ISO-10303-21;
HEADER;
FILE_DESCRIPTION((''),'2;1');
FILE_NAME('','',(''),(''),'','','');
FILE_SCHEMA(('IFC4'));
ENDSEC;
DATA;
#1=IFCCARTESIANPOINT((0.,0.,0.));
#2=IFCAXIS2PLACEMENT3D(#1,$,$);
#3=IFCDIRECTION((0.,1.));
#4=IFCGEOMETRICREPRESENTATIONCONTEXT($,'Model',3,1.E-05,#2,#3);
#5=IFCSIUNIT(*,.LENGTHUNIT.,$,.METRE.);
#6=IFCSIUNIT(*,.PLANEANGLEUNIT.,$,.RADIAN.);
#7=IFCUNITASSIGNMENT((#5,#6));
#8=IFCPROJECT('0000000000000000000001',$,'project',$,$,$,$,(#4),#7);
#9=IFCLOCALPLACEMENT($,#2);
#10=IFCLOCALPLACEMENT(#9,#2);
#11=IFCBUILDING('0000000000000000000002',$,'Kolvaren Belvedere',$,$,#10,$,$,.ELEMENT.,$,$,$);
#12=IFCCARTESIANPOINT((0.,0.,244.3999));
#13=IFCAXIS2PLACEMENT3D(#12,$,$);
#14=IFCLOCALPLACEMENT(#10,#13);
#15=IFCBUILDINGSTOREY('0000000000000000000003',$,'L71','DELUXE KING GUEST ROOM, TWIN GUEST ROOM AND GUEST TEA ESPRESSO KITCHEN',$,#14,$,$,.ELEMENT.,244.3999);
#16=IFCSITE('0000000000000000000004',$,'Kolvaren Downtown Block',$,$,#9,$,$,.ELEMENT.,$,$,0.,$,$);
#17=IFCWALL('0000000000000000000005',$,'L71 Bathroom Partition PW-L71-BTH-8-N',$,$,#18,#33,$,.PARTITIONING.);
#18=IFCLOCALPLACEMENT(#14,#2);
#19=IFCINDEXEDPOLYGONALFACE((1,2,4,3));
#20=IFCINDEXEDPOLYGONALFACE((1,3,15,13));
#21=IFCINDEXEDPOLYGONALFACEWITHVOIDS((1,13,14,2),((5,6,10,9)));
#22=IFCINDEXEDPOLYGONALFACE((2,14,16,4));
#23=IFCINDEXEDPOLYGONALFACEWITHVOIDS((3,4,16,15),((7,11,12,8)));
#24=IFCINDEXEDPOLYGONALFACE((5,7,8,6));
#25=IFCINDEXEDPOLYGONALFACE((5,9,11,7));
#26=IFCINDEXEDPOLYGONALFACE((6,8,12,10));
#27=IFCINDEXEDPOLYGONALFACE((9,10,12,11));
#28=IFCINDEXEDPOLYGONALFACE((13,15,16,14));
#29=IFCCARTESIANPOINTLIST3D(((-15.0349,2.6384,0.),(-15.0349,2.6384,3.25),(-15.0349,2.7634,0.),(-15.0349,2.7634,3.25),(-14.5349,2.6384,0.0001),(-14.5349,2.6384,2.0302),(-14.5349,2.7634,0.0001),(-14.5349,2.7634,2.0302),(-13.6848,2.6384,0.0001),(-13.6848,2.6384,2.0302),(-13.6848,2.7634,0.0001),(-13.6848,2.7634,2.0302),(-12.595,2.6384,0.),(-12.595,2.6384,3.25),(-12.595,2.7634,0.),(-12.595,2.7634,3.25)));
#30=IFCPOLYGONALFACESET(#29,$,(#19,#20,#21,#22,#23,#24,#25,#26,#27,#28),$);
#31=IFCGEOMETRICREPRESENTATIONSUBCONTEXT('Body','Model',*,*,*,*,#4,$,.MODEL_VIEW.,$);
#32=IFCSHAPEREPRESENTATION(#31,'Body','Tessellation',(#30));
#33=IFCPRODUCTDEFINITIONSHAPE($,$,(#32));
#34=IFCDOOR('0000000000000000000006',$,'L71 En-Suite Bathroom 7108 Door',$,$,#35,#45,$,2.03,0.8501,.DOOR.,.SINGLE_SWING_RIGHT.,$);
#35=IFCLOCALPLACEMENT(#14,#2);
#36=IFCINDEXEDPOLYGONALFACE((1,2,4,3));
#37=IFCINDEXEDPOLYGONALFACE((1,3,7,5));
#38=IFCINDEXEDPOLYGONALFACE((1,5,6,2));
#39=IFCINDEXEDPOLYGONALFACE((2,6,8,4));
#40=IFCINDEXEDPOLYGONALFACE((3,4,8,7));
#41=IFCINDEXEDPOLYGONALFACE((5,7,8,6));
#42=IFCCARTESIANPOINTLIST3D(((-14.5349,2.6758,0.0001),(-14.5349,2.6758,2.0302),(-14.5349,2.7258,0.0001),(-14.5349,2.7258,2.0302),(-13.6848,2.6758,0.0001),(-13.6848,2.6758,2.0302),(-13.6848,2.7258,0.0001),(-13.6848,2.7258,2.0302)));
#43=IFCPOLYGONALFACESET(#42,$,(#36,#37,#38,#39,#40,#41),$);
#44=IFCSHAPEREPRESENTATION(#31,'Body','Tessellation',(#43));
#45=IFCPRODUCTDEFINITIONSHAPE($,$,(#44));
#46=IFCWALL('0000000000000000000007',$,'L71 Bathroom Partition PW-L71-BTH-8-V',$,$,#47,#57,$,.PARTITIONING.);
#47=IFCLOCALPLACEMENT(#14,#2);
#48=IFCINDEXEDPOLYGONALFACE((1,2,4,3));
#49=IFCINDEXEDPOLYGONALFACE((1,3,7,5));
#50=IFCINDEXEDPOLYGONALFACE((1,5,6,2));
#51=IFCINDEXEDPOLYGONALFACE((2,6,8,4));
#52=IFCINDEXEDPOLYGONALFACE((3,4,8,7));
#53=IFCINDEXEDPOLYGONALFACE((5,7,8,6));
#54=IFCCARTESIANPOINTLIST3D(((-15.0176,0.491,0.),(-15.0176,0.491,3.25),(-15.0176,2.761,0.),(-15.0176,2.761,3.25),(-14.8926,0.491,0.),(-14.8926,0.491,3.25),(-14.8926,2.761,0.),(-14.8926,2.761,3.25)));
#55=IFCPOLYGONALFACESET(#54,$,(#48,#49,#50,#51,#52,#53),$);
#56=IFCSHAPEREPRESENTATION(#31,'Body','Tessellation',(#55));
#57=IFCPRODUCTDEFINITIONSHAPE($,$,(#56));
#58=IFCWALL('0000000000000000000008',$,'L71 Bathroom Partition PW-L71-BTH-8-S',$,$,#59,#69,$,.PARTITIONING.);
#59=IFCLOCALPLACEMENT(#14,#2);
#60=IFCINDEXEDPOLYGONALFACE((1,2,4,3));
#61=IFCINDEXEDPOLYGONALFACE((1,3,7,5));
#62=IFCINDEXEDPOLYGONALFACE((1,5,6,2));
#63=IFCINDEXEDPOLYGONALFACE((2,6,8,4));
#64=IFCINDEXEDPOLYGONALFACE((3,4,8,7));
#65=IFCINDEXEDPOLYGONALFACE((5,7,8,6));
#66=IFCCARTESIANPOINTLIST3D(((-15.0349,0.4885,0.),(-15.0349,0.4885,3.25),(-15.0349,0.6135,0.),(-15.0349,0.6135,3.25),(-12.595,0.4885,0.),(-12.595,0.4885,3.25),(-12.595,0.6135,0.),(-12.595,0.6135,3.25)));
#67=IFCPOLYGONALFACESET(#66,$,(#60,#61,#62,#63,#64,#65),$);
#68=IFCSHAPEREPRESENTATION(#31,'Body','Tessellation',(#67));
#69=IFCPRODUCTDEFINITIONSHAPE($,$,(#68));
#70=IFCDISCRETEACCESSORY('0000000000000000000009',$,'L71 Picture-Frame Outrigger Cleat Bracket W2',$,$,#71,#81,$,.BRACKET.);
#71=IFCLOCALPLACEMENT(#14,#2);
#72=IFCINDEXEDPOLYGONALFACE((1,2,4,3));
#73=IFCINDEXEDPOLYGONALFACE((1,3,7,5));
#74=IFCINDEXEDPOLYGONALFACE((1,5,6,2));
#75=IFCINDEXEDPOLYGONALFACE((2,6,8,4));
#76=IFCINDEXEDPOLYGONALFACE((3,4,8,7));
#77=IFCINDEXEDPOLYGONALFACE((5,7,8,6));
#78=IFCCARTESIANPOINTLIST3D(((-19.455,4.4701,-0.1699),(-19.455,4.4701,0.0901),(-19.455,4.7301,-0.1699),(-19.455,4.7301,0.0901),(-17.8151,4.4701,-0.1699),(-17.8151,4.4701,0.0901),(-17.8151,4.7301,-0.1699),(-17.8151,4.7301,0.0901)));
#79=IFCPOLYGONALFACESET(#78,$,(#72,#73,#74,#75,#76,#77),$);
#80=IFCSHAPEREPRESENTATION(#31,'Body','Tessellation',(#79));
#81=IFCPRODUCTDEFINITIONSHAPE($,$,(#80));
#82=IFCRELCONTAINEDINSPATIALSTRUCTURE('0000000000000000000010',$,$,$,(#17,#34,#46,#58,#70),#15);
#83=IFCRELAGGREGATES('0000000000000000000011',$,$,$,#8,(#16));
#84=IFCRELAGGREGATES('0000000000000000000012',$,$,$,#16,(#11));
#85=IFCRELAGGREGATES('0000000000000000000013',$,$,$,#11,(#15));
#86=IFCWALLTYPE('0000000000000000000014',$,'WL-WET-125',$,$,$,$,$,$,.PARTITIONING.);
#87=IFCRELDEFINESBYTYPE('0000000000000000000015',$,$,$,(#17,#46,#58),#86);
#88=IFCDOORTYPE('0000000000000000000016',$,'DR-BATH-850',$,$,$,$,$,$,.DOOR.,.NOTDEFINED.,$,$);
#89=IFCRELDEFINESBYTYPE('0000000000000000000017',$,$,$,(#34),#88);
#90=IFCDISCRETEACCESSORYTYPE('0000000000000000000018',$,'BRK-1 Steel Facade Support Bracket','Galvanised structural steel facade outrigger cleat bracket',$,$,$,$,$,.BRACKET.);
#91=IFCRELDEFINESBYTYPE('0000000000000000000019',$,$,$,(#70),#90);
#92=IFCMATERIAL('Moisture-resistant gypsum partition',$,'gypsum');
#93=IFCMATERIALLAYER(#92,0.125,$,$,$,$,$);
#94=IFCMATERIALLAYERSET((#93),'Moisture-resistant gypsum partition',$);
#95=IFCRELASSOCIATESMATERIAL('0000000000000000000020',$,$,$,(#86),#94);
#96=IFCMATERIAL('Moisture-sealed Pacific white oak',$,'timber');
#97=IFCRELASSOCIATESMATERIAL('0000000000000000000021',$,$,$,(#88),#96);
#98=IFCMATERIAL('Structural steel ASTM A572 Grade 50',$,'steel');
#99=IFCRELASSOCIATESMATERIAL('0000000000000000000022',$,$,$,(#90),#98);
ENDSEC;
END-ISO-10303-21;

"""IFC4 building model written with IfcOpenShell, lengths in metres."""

from ifc_helpers import new_model, si_unit, direction, frame, frame_2d, origin, origin_2d, place, context, subcontext, project, spatial, rectangle, extrude, material, layer, layer_set, type_object, element, fill, save


model = new_model("IFC4")

# Units and contexts
model_context = context("Model", 3, precision=1e-05, world=origin(), true_north=direction((0.0, 1.0)))
body_context = subcontext(model_context, "Body", "Model", "MODEL_VIEW")
ifc_project = project(units=[si_unit("LENGTHUNIT", "METRE"), si_unit("PLANEANGLEUNIT", "RADIAN")], contexts=[model_context])

# Site, building, storey
site_placement = place(None, origin())
site = spatial("IfcSite", under=ifc_project, at=site_placement, Name="Kolvaren Downtown Block", CompositionType="ELEMENT", RefElevation=0.0)
building_placement = place(site_placement, origin())
building = spatial("IfcBuilding", under=site, at=building_placement, Name="Kolvaren Belvedere", CompositionType="ELEMENT")
storey_placement = place(building_placement, frame((0.0, 0.0, 244.3999)))
storey = spatial("IfcBuildingStorey", under=building, at=storey_placement, Name="L71", Description="DELUXE KING GUEST ROOM, TWIN GUEST ROOM AND GUEST TEA ESPRESSO KITCHEN", CompositionType="ELEMENT", Elevation=244.3999)

# Wall, opening, door
ifc_material_1 = material(Name="Moisture-resistant gypsum partition", Category="gypsum")
ifc_layer_1 = layer(ifc_material_1, 0.125)
ifc_layer_set_1 = layer_set([ifc_layer_1], Name="Moisture-resistant gypsum partition")
wall_type_1 = type_object("IfcWallType", Name="WL-WET-125", PredefinedType="PARTITIONING", material=ifc_layer_set_1)
wall_1_placement = place(storey_placement, frame((-15.0349, 2.7009, 0.0), z_axis=(0.0, 0.0, 1.0), x_axis=(1.0, 0.0, 0.0)))
wall_1 = element("IfcWall", 1, at=wall_1_placement, inside=storey, type_object=wall_type_1, Name="L71 Bathroom Partition PW-L71-BTH-8-N", PredefinedType="PARTITIONING", context=body_context, shape_type="SweptSolid", body=[
    extrude(rectangle(XDim=2.4399, YDim=0.125, at=frame_2d((1.22, 0.0))), origin(), (0.0, 0.0, 1.0), 3.25),
])
opening_1_placement = place(wall_1_placement, frame((0.5, 0.0, 0.0)))
opening_1 = element("IfcOpeningElement", 2, at=opening_1_placement, cuts=wall_1, PredefinedType="OPENING", context=body_context, shape_type="SweptSolid", body=[
    extrude(rectangle(XDim=0.8501, YDim=2.03, at=frame_2d((0.425, 1.0151))), frame((0.0, 0.0725, 0.0), z_axis=(0.0, -1.0, 0.0), x_axis=(1.0, 0.0, 0.0)), (0.0, 0.0, 1.0), 0.145),
])
ifc_material_2 = material(Name="Moisture-sealed Pacific white oak", Category="timber")
door_type_1 = type_object("IfcDoorType", Name="DR-BATH-850", OperationType="NOTDEFINED", PredefinedType="DOOR", material=ifc_material_2)
door_1_placement = place(opening_1_placement, origin())
door_1 = element("IfcDoor", 3, at=door_1_placement, inside=storey, type_object=door_type_1, Name="L71 En-Suite Bathroom 7108 Door", OperationType="SINGLE_SWING_RIGHT", OverallHeight=2.03, OverallWidth=0.8501, PredefinedType="DOOR", context=body_context, shape_type="SweptSolid", body=[
    extrude(rectangle(XDim=0.8501, YDim=2.03, at=frame_2d((0.425, 1.0151))), frame((0.0, 0.0249, 0.0), z_axis=(0.0, -1.0, 0.0), x_axis=(1.0, 0.0, 0.0)), (0.0, 0.0, 1.0), 0.05),
])
fill(opening_1, door_1)

# Walls
wall_2_placement = place(storey_placement, frame((-14.9551, 0.491, 0.0), z_axis=(0.0, 0.0, 1.0), x_axis=(0.0, 1.0, 0.0)))
element("IfcWall", 4, at=wall_2_placement, inside=storey, type_object=wall_type_1, Name="L71 Bathroom Partition PW-L71-BTH-8-V", PredefinedType="PARTITIONING", context=body_context, shape_type="SweptSolid", body=[
    extrude(rectangle(XDim=2.27, YDim=0.125, at=frame_2d((1.135, 0.0))), origin(), (0.0, 0.0, 1.0), 3.25),
])
wall_3_placement = place(storey_placement, frame((-15.0349, 0.551, 0.0), z_axis=(0.0, 0.0, 1.0), x_axis=(1.0, 0.0, 0.0)))
element("IfcWall", 5, at=wall_3_placement, inside=storey, type_object=wall_type_1, Name="L71 Bathroom Partition PW-L71-BTH-8-S", PredefinedType="PARTITIONING", context=body_context, shape_type="SweptSolid", body=[
    extrude(rectangle(XDim=2.4399, YDim=0.125, at=frame_2d((1.22, 0.0))), origin(), (0.0, 0.0, 1.0), 3.25),
])

# Discrete accessory
ifc_material_3 = material(Name="Structural steel ASTM A572 Grade 50", Category="steel")
discrete_accessory_type = type_object("IfcDiscreteAccessoryType", Name="BRK-1 Steel Facade Support Bracket", Description="Galvanised structural steel facade outrigger cleat bracket", PredefinedType="BRACKET", material=ifc_material_3)
discrete_accessory_placement = place(storey_placement, frame((-18.635, 4.6001, -0.1699), z_axis=(0.0, 0.0, 1.0), x_axis=(1.0, 0.0, 0.0)))
element("IfcDiscreteAccessory", 6, at=discrete_accessory_placement, inside=storey, type_object=discrete_accessory_type, Name="L71 Picture-Frame Outrigger Cleat Bracket W2", PredefinedType="BRACKET", context=body_context, shape_type="SweptSolid", body=[
    extrude(rectangle(XDim=1.6399, YDim=0.26, at=origin_2d()), origin(), (0.0, 0.0, 1.0), 0.26),
])

save(model, "model.ifc")
